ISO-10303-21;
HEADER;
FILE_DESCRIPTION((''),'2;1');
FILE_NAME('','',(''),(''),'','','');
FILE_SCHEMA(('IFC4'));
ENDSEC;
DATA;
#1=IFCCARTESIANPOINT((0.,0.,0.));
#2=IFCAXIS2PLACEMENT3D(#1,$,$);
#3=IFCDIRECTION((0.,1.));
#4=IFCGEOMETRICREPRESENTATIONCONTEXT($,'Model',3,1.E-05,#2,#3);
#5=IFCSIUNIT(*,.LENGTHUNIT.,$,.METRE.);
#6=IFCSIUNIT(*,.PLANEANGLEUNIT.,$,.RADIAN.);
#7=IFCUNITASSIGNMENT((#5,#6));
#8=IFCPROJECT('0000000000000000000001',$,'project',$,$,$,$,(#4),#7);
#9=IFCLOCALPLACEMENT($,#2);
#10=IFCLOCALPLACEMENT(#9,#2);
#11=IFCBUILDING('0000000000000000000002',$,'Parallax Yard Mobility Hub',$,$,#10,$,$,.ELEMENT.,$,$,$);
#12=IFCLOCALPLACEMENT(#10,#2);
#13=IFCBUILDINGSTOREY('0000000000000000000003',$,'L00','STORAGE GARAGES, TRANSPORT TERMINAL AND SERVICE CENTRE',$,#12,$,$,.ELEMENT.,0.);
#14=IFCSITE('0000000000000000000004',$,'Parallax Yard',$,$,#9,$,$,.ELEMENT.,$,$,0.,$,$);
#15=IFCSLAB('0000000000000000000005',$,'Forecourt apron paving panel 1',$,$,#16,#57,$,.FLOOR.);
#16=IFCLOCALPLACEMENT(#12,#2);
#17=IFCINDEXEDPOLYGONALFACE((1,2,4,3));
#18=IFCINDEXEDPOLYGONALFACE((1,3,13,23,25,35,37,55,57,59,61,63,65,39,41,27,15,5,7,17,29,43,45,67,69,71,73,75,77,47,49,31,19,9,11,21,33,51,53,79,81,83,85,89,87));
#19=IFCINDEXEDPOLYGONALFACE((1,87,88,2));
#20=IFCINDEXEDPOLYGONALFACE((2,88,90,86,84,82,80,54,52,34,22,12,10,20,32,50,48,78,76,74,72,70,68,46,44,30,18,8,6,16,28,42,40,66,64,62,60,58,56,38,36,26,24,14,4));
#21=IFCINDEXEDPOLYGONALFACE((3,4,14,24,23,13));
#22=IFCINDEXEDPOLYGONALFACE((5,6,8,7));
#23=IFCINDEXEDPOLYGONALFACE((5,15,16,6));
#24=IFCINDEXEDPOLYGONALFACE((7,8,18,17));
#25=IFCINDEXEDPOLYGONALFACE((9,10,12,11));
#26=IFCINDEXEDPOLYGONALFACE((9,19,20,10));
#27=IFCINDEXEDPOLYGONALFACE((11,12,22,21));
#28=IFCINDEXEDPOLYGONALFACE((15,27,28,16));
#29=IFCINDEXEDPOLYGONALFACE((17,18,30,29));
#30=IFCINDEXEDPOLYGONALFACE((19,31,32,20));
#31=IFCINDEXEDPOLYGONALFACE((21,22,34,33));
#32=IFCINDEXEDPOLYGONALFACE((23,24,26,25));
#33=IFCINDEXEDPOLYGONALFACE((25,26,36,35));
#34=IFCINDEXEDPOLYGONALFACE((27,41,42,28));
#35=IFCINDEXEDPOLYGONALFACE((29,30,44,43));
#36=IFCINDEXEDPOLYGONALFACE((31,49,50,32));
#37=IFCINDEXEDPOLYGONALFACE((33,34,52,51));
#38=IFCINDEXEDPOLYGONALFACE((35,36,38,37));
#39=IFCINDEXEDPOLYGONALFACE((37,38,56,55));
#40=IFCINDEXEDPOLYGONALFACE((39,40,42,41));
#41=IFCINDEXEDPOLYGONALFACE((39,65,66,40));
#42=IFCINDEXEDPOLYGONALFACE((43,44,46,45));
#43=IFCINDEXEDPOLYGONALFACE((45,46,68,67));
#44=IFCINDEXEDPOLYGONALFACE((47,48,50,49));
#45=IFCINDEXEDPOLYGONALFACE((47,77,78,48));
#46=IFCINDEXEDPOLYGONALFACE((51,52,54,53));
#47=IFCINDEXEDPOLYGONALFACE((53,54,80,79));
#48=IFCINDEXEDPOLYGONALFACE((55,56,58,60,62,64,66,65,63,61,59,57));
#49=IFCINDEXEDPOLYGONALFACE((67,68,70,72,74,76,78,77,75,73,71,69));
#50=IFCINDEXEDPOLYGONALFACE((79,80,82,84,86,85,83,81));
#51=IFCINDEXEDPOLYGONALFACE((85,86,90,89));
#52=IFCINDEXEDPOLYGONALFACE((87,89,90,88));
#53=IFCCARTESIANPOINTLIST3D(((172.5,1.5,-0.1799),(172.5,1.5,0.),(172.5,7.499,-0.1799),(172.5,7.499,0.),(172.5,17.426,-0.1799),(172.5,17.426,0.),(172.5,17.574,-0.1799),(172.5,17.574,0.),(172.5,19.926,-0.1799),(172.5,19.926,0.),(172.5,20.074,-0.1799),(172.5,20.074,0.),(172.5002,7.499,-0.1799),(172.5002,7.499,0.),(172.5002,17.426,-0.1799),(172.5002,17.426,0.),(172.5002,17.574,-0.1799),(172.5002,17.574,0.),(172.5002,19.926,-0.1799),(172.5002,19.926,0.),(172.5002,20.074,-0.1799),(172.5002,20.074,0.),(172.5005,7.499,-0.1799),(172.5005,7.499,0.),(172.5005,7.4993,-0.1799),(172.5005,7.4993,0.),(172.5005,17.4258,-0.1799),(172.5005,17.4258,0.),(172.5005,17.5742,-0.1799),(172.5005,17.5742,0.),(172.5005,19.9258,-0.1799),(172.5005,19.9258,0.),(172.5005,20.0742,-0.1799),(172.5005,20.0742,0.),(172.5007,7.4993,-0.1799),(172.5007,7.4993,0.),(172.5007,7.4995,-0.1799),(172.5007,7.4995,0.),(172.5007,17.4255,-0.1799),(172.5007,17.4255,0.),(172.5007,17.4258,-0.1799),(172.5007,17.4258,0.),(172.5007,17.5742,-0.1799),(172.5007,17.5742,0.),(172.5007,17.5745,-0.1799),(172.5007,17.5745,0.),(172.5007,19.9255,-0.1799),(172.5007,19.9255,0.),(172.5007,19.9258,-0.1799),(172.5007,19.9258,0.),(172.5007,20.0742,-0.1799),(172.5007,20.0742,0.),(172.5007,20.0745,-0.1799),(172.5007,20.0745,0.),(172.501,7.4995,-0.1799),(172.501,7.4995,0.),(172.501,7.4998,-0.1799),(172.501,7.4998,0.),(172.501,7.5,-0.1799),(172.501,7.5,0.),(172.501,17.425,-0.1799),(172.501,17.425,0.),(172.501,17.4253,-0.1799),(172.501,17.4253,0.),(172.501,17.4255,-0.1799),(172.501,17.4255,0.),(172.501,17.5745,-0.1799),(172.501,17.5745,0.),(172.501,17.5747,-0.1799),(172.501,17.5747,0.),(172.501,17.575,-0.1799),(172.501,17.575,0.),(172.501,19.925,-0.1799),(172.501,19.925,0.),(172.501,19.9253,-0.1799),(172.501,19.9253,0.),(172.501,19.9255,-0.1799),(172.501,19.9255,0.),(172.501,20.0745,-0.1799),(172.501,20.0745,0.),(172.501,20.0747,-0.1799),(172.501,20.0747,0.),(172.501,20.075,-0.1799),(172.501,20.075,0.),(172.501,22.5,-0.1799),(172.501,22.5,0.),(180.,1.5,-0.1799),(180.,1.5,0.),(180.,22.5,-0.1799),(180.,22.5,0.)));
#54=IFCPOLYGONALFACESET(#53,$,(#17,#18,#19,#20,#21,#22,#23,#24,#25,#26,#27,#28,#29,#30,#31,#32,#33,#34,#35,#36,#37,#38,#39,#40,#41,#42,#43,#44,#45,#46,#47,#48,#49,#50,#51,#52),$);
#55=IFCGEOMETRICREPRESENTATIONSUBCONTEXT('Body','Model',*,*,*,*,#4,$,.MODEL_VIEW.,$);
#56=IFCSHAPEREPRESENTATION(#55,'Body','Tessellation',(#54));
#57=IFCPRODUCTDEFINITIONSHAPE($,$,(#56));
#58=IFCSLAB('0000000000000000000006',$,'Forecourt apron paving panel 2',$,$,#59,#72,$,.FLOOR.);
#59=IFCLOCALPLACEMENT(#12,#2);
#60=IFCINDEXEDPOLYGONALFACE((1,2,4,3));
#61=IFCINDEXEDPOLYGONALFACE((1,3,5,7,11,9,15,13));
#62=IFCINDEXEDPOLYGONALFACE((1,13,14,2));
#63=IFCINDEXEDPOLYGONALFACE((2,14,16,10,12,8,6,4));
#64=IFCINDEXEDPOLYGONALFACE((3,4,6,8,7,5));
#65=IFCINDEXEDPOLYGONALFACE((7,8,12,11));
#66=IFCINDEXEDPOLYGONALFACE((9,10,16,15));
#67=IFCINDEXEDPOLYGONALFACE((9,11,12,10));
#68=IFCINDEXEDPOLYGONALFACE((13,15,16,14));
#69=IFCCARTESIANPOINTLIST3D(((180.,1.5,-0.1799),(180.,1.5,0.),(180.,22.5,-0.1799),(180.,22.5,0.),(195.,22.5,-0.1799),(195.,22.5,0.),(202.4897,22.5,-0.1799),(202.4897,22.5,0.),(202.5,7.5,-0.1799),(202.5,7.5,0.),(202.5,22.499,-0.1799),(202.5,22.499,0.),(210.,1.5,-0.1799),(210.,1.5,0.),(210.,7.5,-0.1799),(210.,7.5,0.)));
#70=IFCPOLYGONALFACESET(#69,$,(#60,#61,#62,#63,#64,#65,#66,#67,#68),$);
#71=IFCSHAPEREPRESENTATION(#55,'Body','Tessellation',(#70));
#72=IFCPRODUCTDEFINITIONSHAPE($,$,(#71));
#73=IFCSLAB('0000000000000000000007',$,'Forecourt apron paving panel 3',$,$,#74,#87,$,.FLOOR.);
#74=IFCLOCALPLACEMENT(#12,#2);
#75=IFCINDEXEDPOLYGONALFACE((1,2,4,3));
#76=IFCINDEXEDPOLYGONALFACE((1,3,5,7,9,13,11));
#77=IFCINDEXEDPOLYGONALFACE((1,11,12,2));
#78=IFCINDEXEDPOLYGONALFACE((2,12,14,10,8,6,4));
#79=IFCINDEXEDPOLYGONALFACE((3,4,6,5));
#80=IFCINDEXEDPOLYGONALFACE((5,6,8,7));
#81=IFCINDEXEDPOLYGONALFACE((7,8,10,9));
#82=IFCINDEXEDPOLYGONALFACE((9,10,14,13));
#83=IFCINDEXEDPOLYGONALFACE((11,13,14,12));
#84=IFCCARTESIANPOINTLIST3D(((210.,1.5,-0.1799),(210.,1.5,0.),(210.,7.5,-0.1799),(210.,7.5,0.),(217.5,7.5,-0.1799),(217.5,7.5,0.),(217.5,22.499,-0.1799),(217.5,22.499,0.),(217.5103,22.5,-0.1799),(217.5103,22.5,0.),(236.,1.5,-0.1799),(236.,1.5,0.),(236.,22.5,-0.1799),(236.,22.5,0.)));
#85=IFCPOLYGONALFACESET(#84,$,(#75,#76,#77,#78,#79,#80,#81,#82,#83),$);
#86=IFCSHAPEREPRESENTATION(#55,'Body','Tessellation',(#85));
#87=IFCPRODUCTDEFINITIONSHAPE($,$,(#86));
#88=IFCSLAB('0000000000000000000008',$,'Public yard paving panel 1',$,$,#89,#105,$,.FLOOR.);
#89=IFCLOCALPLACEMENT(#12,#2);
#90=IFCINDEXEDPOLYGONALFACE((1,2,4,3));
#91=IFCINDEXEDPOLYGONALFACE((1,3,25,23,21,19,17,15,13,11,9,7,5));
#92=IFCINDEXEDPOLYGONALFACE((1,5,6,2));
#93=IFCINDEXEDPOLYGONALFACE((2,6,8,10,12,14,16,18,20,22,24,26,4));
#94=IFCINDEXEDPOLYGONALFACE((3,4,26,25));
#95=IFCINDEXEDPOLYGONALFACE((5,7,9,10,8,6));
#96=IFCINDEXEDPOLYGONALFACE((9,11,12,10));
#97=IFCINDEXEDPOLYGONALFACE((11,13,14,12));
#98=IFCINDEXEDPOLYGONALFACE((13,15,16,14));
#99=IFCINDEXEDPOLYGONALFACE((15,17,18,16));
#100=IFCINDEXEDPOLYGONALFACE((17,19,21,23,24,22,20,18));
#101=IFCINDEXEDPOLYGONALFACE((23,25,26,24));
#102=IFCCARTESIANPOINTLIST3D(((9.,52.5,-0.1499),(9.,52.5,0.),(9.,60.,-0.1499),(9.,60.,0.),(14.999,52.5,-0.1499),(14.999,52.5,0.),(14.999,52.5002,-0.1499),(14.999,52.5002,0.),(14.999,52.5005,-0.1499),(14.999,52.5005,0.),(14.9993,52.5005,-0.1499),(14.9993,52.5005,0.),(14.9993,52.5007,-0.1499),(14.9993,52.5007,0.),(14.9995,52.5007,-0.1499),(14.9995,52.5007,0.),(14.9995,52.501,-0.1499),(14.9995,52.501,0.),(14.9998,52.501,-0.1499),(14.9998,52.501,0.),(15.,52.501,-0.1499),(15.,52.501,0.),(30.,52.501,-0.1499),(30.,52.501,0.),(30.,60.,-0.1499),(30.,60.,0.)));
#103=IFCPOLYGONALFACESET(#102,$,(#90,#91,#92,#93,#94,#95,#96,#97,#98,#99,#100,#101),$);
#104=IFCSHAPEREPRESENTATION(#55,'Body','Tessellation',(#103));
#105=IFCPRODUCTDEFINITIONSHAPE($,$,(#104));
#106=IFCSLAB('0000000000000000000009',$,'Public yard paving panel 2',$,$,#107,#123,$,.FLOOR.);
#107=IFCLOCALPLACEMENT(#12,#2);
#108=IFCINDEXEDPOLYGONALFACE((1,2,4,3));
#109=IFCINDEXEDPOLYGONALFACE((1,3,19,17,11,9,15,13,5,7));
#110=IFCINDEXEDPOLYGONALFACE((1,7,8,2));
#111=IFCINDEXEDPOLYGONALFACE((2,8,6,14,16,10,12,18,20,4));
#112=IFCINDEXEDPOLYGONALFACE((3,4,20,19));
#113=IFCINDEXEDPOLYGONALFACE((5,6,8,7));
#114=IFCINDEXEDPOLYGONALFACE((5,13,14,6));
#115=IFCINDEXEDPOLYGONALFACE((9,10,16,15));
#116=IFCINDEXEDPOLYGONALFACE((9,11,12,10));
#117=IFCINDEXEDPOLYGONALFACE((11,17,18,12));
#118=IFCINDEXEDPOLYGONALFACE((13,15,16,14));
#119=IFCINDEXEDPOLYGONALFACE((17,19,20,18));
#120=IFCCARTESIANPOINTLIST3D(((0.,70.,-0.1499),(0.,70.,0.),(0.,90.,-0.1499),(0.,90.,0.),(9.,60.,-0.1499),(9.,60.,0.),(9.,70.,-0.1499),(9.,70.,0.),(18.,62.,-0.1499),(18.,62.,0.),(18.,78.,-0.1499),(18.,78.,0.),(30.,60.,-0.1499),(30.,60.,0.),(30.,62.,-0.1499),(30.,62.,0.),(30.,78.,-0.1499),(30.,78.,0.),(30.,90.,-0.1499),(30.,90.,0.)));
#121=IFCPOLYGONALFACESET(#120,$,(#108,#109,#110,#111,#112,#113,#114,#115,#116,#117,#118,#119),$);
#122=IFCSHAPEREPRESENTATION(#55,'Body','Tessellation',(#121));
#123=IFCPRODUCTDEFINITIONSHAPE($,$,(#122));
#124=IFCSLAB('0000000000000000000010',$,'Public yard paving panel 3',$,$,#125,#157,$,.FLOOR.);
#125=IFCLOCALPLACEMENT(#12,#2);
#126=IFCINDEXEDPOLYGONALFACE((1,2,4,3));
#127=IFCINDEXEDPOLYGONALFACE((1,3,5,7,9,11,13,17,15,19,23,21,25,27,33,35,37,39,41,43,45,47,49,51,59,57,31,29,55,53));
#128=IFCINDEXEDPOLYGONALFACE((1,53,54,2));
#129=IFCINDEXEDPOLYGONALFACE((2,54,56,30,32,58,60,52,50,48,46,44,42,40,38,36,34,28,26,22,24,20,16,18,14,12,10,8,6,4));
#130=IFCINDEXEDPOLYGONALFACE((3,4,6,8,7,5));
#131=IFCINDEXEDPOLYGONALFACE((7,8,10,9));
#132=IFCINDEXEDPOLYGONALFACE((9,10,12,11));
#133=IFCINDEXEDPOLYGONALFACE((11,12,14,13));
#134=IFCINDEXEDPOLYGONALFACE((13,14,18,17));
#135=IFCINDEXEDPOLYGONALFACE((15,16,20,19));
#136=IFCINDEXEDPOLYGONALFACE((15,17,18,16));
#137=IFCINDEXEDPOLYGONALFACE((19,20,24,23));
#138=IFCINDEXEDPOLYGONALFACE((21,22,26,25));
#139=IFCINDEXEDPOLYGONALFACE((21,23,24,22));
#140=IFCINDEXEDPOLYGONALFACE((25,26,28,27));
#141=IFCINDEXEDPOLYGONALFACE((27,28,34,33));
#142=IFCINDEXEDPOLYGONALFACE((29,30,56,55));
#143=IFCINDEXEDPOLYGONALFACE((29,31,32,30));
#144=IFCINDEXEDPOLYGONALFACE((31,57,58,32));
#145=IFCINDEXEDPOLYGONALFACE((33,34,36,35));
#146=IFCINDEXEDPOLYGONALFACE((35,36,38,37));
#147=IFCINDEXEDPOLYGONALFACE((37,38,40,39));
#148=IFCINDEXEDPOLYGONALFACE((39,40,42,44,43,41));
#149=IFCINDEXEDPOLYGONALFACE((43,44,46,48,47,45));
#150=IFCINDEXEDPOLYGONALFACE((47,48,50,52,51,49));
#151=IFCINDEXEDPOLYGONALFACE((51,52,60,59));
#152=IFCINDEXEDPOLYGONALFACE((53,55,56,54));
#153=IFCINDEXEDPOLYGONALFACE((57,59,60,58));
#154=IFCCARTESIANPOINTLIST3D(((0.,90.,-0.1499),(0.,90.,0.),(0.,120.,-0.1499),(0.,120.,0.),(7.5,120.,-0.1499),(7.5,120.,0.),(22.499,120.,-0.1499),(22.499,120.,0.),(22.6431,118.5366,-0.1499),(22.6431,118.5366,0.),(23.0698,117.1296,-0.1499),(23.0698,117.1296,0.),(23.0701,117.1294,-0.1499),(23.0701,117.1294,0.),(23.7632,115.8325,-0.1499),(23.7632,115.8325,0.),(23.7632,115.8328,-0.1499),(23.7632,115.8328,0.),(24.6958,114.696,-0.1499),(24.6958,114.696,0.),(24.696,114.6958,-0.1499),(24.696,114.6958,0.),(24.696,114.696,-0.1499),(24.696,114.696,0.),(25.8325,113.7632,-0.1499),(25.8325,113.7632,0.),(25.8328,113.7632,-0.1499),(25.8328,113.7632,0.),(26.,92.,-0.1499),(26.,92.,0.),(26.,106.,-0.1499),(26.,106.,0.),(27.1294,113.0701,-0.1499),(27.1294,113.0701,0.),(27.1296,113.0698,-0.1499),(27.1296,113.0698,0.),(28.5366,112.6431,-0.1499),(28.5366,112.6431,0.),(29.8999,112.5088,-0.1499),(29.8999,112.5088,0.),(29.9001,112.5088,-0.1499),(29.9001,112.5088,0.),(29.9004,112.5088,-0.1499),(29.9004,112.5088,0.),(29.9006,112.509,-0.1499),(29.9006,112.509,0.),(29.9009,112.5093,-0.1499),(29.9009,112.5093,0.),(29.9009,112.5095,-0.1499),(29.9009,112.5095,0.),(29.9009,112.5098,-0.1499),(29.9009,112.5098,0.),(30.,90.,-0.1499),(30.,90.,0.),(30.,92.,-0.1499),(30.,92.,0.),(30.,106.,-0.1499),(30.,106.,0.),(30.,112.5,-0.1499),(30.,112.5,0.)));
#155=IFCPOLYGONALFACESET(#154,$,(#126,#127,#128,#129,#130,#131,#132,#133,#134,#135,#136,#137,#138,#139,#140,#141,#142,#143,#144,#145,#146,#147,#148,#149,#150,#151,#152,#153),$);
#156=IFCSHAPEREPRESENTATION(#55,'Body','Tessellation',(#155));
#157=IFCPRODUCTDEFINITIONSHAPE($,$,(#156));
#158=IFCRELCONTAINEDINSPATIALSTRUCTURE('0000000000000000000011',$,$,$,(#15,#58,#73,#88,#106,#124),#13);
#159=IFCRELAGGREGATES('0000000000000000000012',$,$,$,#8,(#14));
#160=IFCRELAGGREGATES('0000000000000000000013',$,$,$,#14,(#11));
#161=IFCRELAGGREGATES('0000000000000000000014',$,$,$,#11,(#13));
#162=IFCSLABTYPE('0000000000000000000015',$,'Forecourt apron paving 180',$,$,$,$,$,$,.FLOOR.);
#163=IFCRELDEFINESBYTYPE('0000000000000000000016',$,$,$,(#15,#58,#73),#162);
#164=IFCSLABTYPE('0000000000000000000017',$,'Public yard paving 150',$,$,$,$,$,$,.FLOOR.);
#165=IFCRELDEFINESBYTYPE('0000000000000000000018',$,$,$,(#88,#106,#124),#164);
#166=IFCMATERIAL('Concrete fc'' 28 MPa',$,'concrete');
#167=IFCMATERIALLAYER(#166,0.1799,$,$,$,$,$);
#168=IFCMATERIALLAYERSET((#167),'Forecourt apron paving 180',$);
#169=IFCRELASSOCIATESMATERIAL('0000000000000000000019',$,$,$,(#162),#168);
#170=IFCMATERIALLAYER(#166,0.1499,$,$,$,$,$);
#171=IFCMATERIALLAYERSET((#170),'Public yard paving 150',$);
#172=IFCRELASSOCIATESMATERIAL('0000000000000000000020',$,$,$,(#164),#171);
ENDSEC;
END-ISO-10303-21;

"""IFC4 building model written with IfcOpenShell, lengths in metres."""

from ifc_helpers import new_model, si_unit, direction, frame, origin, place, context, subcontext, project, spatial, polyline, outline, extrude, material, layer, layer_set, type_object, element, save


model = new_model("IFC4")

# Units and contexts
model_context = context("Model", 3, precision=1e-05, world=origin(), true_north=direction((0.0, 1.0)))
body_context = subcontext(model_context, "Body", "Model", "MODEL_VIEW")
ifc_project = project(units=[si_unit("LENGTHUNIT", "METRE"), si_unit("PLANEANGLEUNIT", "RADIAN")], contexts=[model_context])

# Site, building, storey
site_placement = place(None, origin())
site = spatial("IfcSite", under=ifc_project, at=site_placement, Name="Parallax Yard", CompositionType="ELEMENT", RefElevation=0.0)
building_placement = place(site_placement, origin())
building = spatial("IfcBuilding", under=site, at=building_placement, Name="Parallax Yard Mobility Hub", CompositionType="ELEMENT")
storey_placement = place(building_placement, origin())
storey = spatial("IfcBuildingStorey", under=building, at=storey_placement, Name="L00", Description="STORAGE GARAGES, TRANSPORT TERMINAL AND SERVICE CENTRE", CompositionType="ELEMENT", Elevation=0.0)

# Slabs
ifc_material = material(Name="Concrete fc' 28 MPa", Category="concrete")
ifc_layer_1 = layer(ifc_material, 0.1799)
ifc_layer_set_1 = layer_set([ifc_layer_1], Name="Forecourt apron paving 180")
slab_type_1 = type_object("IfcSlabType", Name="Forecourt apron paving 180", PredefinedType="FLOOR", material=ifc_layer_set_1)
slab_1_placement = place(storey_placement, frame((0.0, 0.0, -0.1799)))
element("IfcSlab", 1, at=slab_1_placement, inside=storey, type_object=slab_type_1, Name="Forecourt apron paving panel 1", PredefinedType="FLOOR", context=body_context, shape_type="SweptSolid", body=[
    extrude(outline(polyline([(172.5, 7.499), (172.5, 7.499), (172.5002, 7.499), (172.5002, 7.499), (172.5005, 7.499), (172.5005, 7.499), (172.5005, 7.4993), (172.5005, 7.4993), (172.5007, 7.4993), (172.5007, 7.4995), (172.5007, 7.4995), (172.501, 7.4995), (172.501, 7.4995), (172.501, 7.4998), (172.501, 7.4998), (172.501, 7.5), (172.501, 7.5), (172.501, 17.425), (172.501, 17.425), (172.501, 17.4253), (172.501, 17.4253), (172.501, 17.4253), (172.501, 17.4255), (172.5007, 17.4255), (172.5007, 17.4255), (172.5007, 17.4258), (172.5005, 17.4258), (172.5005, 17.4258), (172.5005, 17.4258), (172.5005, 17.4258), (172.5002, 17.426), (172.5002, 17.426), (172.5, 17.426), (172.5, 17.426), (172.5, 17.574), (172.5, 17.574), (172.5002, 17.574), (172.5002, 17.574), (172.5005, 17.5742), (172.5005, 17.5742), (172.5005, 17.5742), (172.5005, 17.5742), (172.5007, 17.5742), (172.5007, 17.5745), (172.5007, 17.5745), (172.501, 17.5745), (172.501, 17.5747), (172.501, 17.5747), (172.501, 17.5747), (172.501, 17.575), (172.501, 17.575), (172.501, 19.925), (172.501, 19.925), (172.501, 19.9253), (172.501, 19.9253), (172.501, 19.9253), (172.501, 19.9255), (172.5007, 19.9255), (172.5007, 19.9255), (172.5007, 19.9258), (172.5005, 19.9258), (172.5005, 19.9258), (172.5005, 19.9258), (172.5005, 19.9258), (172.5002, 19.926), (172.5002, 19.926), (172.5, 19.926), (172.5, 19.926), (172.5, 20.074), (172.5, 20.074), (172.5002, 20.074), (172.5002, 20.074), (172.5005, 20.0742), (172.5005, 20.0742), (172.5005, 20.0742), (172.5005, 20.0742), (172.5007, 20.0742), (172.5007, 20.0745), (172.5007, 20.0745), (172.501, 20.0745), (172.501, 20.0747), (172.501, 20.0747), (172.501, 20.0747), (172.501, 20.075), (172.501, 20.075), (172.501, 22.5), (180.0, 22.5), (180.0, 1.5), (172.5, 1.5), (172.5, 7.499)])), origin(), (0.0, 0.0, 1.0), 0.1799),
])
slab_2_placement = place(storey_placement, frame((0.0, 0.0, -0.1799)))
element("IfcSlab", 2, at=slab_2_placement, inside=storey, type_object=slab_type_1, Name="Forecourt apron paving panel 2", PredefinedType="FLOOR", context=body_context, shape_type="SweptSolid", body=[
    extrude(outline(polyline([(195.0, 22.5), (202.4897, 22.5), (202.5, 22.499), (202.5, 22.499), (202.5, 7.5), (210.0, 7.5), (210.0, 1.5), (180.0, 1.5), (180.0, 22.5), (195.0, 22.5)])), origin(), (0.0, 0.0, 1.0), 0.1799),
])
slab_3_placement = place(storey_placement, frame((0.0, 0.0, -0.1799)))
element("IfcSlab", 3, at=slab_3_placement, inside=storey, type_object=slab_type_1, Name="Forecourt apron paving panel 3", PredefinedType="FLOOR", context=body_context, shape_type="SweptSolid", body=[
    extrude(outline(polyline([(217.5, 7.5), (217.5, 22.499), (217.5, 22.499), (217.5103, 22.5), (236.0, 22.5), (236.0, 1.5), (210.0, 1.5), (210.0, 7.5), (217.5, 7.5)])), origin(), (0.0, 0.0, 1.0), 0.1799),
])
ifc_layer_2 = layer(ifc_material, 0.1499)
ifc_layer_set_2 = layer_set([ifc_layer_2], Name="Public yard paving 150")
slab_type_2 = type_object("IfcSlabType", Name="Public yard paving 150", PredefinedType="FLOOR", material=ifc_layer_set_2)
slab_4_placement = place(storey_placement, frame((0.0, 0.0, -0.1499)))
element("IfcSlab", 4, at=slab_4_placement, inside=storey, type_object=slab_type_2, Name="Public yard paving panel 1", PredefinedType="FLOOR", context=body_context, shape_type="SweptSolid", body=[
    extrude(outline(polyline([(15.0, 52.501), (15.0, 52.501), (14.9998, 52.501), (14.9998, 52.501), (14.9995, 52.501), (14.9995, 52.501), (14.9995, 52.5007), (14.9995, 52.5007), (14.9993, 52.5007), (14.9993, 52.5005), (14.9993, 52.5005), (14.999, 52.5005), (14.999, 52.5005), (14.999, 52.5002), (14.999, 52.5002), (14.999, 52.5), (14.999, 52.5), (9.0, 52.5), (9.0, 60.0), (30.0, 60.0), (30.0, 52.501), (15.0, 52.501)])), origin(), (0.0, 0.0, 1.0), 0.1499),
])
slab_5_placement = place(storey_placement, frame((0.0, 0.0, -0.1499)))
element("IfcSlab", 5, at=slab_5_placement, inside=storey, type_object=slab_type_2, Name="Public yard paving panel 2", PredefinedType="FLOOR", context=body_context, shape_type="SweptSolid", body=[
    extrude(outline(polyline([(9.0, 70.0), (0.0, 70.0), (0.0, 90.0), (30.0, 90.0), (30.0, 78.0), (18.0, 78.0), (18.0, 62.0), (30.0, 62.0), (30.0, 60.0), (9.0, 60.0), (9.0, 70.0)])), origin(), (0.0, 0.0, 1.0), 0.1499),
])
slab_6_placement = place(storey_placement, frame((0.0, 0.0, -0.1499)))
element("IfcSlab", 6, at=slab_6_placement, inside=storey, type_object=slab_type_2, Name="Public yard paving panel 3", PredefinedType="FLOOR", context=body_context, shape_type="SweptSolid", body=[
    extrude(outline(polyline([(22.499, 120.0), (22.499, 120.0), (22.6431, 118.5366), (22.6431, 118.5366), (22.6431, 118.5366), (23.0698, 117.1296), (23.0701, 117.1294), (23.0701, 117.1294), (23.7632, 115.8328), (23.7632, 115.8325), (23.7632, 115.8325), (24.6958, 114.696), (24.696, 114.696), (24.696, 114.6958), (25.8325, 113.7632), (25.8325, 113.7632), (25.8328, 113.7632), (27.1294, 113.0701), (27.1294, 113.0701), (27.1296, 113.0698), (28.5366, 112.6431), (28.5366, 112.6431), (28.5366, 112.6431), (29.8999, 112.5088), (29.8999, 112.5088), (29.9001, 112.5088), (29.9001, 112.5088), (29.9004, 112.5088), (29.9004, 112.5088), (29.9004, 112.5088), (29.9006, 112.509), (29.9006, 112.509), (29.9006, 112.509), (29.9009, 112.5093), (29.9009, 112.5093), (29.9009, 112.5093), (29.9009, 112.5095), (29.9009, 112.5095), (29.9009, 112.5095), (29.9009, 112.5098), (29.9009, 112.5098), (30.0, 112.5), (30.0, 106.0), (26.0, 106.0), (26.0, 92.0), (30.0, 92.0), (30.0, 90.0), (0.0, 90.0), (0.0, 120.0), (7.5, 120.0), (22.499, 120.0)])), origin(), (0.0, 0.0, 1.0), 0.1499),
])

save(model, "model.ifc")
